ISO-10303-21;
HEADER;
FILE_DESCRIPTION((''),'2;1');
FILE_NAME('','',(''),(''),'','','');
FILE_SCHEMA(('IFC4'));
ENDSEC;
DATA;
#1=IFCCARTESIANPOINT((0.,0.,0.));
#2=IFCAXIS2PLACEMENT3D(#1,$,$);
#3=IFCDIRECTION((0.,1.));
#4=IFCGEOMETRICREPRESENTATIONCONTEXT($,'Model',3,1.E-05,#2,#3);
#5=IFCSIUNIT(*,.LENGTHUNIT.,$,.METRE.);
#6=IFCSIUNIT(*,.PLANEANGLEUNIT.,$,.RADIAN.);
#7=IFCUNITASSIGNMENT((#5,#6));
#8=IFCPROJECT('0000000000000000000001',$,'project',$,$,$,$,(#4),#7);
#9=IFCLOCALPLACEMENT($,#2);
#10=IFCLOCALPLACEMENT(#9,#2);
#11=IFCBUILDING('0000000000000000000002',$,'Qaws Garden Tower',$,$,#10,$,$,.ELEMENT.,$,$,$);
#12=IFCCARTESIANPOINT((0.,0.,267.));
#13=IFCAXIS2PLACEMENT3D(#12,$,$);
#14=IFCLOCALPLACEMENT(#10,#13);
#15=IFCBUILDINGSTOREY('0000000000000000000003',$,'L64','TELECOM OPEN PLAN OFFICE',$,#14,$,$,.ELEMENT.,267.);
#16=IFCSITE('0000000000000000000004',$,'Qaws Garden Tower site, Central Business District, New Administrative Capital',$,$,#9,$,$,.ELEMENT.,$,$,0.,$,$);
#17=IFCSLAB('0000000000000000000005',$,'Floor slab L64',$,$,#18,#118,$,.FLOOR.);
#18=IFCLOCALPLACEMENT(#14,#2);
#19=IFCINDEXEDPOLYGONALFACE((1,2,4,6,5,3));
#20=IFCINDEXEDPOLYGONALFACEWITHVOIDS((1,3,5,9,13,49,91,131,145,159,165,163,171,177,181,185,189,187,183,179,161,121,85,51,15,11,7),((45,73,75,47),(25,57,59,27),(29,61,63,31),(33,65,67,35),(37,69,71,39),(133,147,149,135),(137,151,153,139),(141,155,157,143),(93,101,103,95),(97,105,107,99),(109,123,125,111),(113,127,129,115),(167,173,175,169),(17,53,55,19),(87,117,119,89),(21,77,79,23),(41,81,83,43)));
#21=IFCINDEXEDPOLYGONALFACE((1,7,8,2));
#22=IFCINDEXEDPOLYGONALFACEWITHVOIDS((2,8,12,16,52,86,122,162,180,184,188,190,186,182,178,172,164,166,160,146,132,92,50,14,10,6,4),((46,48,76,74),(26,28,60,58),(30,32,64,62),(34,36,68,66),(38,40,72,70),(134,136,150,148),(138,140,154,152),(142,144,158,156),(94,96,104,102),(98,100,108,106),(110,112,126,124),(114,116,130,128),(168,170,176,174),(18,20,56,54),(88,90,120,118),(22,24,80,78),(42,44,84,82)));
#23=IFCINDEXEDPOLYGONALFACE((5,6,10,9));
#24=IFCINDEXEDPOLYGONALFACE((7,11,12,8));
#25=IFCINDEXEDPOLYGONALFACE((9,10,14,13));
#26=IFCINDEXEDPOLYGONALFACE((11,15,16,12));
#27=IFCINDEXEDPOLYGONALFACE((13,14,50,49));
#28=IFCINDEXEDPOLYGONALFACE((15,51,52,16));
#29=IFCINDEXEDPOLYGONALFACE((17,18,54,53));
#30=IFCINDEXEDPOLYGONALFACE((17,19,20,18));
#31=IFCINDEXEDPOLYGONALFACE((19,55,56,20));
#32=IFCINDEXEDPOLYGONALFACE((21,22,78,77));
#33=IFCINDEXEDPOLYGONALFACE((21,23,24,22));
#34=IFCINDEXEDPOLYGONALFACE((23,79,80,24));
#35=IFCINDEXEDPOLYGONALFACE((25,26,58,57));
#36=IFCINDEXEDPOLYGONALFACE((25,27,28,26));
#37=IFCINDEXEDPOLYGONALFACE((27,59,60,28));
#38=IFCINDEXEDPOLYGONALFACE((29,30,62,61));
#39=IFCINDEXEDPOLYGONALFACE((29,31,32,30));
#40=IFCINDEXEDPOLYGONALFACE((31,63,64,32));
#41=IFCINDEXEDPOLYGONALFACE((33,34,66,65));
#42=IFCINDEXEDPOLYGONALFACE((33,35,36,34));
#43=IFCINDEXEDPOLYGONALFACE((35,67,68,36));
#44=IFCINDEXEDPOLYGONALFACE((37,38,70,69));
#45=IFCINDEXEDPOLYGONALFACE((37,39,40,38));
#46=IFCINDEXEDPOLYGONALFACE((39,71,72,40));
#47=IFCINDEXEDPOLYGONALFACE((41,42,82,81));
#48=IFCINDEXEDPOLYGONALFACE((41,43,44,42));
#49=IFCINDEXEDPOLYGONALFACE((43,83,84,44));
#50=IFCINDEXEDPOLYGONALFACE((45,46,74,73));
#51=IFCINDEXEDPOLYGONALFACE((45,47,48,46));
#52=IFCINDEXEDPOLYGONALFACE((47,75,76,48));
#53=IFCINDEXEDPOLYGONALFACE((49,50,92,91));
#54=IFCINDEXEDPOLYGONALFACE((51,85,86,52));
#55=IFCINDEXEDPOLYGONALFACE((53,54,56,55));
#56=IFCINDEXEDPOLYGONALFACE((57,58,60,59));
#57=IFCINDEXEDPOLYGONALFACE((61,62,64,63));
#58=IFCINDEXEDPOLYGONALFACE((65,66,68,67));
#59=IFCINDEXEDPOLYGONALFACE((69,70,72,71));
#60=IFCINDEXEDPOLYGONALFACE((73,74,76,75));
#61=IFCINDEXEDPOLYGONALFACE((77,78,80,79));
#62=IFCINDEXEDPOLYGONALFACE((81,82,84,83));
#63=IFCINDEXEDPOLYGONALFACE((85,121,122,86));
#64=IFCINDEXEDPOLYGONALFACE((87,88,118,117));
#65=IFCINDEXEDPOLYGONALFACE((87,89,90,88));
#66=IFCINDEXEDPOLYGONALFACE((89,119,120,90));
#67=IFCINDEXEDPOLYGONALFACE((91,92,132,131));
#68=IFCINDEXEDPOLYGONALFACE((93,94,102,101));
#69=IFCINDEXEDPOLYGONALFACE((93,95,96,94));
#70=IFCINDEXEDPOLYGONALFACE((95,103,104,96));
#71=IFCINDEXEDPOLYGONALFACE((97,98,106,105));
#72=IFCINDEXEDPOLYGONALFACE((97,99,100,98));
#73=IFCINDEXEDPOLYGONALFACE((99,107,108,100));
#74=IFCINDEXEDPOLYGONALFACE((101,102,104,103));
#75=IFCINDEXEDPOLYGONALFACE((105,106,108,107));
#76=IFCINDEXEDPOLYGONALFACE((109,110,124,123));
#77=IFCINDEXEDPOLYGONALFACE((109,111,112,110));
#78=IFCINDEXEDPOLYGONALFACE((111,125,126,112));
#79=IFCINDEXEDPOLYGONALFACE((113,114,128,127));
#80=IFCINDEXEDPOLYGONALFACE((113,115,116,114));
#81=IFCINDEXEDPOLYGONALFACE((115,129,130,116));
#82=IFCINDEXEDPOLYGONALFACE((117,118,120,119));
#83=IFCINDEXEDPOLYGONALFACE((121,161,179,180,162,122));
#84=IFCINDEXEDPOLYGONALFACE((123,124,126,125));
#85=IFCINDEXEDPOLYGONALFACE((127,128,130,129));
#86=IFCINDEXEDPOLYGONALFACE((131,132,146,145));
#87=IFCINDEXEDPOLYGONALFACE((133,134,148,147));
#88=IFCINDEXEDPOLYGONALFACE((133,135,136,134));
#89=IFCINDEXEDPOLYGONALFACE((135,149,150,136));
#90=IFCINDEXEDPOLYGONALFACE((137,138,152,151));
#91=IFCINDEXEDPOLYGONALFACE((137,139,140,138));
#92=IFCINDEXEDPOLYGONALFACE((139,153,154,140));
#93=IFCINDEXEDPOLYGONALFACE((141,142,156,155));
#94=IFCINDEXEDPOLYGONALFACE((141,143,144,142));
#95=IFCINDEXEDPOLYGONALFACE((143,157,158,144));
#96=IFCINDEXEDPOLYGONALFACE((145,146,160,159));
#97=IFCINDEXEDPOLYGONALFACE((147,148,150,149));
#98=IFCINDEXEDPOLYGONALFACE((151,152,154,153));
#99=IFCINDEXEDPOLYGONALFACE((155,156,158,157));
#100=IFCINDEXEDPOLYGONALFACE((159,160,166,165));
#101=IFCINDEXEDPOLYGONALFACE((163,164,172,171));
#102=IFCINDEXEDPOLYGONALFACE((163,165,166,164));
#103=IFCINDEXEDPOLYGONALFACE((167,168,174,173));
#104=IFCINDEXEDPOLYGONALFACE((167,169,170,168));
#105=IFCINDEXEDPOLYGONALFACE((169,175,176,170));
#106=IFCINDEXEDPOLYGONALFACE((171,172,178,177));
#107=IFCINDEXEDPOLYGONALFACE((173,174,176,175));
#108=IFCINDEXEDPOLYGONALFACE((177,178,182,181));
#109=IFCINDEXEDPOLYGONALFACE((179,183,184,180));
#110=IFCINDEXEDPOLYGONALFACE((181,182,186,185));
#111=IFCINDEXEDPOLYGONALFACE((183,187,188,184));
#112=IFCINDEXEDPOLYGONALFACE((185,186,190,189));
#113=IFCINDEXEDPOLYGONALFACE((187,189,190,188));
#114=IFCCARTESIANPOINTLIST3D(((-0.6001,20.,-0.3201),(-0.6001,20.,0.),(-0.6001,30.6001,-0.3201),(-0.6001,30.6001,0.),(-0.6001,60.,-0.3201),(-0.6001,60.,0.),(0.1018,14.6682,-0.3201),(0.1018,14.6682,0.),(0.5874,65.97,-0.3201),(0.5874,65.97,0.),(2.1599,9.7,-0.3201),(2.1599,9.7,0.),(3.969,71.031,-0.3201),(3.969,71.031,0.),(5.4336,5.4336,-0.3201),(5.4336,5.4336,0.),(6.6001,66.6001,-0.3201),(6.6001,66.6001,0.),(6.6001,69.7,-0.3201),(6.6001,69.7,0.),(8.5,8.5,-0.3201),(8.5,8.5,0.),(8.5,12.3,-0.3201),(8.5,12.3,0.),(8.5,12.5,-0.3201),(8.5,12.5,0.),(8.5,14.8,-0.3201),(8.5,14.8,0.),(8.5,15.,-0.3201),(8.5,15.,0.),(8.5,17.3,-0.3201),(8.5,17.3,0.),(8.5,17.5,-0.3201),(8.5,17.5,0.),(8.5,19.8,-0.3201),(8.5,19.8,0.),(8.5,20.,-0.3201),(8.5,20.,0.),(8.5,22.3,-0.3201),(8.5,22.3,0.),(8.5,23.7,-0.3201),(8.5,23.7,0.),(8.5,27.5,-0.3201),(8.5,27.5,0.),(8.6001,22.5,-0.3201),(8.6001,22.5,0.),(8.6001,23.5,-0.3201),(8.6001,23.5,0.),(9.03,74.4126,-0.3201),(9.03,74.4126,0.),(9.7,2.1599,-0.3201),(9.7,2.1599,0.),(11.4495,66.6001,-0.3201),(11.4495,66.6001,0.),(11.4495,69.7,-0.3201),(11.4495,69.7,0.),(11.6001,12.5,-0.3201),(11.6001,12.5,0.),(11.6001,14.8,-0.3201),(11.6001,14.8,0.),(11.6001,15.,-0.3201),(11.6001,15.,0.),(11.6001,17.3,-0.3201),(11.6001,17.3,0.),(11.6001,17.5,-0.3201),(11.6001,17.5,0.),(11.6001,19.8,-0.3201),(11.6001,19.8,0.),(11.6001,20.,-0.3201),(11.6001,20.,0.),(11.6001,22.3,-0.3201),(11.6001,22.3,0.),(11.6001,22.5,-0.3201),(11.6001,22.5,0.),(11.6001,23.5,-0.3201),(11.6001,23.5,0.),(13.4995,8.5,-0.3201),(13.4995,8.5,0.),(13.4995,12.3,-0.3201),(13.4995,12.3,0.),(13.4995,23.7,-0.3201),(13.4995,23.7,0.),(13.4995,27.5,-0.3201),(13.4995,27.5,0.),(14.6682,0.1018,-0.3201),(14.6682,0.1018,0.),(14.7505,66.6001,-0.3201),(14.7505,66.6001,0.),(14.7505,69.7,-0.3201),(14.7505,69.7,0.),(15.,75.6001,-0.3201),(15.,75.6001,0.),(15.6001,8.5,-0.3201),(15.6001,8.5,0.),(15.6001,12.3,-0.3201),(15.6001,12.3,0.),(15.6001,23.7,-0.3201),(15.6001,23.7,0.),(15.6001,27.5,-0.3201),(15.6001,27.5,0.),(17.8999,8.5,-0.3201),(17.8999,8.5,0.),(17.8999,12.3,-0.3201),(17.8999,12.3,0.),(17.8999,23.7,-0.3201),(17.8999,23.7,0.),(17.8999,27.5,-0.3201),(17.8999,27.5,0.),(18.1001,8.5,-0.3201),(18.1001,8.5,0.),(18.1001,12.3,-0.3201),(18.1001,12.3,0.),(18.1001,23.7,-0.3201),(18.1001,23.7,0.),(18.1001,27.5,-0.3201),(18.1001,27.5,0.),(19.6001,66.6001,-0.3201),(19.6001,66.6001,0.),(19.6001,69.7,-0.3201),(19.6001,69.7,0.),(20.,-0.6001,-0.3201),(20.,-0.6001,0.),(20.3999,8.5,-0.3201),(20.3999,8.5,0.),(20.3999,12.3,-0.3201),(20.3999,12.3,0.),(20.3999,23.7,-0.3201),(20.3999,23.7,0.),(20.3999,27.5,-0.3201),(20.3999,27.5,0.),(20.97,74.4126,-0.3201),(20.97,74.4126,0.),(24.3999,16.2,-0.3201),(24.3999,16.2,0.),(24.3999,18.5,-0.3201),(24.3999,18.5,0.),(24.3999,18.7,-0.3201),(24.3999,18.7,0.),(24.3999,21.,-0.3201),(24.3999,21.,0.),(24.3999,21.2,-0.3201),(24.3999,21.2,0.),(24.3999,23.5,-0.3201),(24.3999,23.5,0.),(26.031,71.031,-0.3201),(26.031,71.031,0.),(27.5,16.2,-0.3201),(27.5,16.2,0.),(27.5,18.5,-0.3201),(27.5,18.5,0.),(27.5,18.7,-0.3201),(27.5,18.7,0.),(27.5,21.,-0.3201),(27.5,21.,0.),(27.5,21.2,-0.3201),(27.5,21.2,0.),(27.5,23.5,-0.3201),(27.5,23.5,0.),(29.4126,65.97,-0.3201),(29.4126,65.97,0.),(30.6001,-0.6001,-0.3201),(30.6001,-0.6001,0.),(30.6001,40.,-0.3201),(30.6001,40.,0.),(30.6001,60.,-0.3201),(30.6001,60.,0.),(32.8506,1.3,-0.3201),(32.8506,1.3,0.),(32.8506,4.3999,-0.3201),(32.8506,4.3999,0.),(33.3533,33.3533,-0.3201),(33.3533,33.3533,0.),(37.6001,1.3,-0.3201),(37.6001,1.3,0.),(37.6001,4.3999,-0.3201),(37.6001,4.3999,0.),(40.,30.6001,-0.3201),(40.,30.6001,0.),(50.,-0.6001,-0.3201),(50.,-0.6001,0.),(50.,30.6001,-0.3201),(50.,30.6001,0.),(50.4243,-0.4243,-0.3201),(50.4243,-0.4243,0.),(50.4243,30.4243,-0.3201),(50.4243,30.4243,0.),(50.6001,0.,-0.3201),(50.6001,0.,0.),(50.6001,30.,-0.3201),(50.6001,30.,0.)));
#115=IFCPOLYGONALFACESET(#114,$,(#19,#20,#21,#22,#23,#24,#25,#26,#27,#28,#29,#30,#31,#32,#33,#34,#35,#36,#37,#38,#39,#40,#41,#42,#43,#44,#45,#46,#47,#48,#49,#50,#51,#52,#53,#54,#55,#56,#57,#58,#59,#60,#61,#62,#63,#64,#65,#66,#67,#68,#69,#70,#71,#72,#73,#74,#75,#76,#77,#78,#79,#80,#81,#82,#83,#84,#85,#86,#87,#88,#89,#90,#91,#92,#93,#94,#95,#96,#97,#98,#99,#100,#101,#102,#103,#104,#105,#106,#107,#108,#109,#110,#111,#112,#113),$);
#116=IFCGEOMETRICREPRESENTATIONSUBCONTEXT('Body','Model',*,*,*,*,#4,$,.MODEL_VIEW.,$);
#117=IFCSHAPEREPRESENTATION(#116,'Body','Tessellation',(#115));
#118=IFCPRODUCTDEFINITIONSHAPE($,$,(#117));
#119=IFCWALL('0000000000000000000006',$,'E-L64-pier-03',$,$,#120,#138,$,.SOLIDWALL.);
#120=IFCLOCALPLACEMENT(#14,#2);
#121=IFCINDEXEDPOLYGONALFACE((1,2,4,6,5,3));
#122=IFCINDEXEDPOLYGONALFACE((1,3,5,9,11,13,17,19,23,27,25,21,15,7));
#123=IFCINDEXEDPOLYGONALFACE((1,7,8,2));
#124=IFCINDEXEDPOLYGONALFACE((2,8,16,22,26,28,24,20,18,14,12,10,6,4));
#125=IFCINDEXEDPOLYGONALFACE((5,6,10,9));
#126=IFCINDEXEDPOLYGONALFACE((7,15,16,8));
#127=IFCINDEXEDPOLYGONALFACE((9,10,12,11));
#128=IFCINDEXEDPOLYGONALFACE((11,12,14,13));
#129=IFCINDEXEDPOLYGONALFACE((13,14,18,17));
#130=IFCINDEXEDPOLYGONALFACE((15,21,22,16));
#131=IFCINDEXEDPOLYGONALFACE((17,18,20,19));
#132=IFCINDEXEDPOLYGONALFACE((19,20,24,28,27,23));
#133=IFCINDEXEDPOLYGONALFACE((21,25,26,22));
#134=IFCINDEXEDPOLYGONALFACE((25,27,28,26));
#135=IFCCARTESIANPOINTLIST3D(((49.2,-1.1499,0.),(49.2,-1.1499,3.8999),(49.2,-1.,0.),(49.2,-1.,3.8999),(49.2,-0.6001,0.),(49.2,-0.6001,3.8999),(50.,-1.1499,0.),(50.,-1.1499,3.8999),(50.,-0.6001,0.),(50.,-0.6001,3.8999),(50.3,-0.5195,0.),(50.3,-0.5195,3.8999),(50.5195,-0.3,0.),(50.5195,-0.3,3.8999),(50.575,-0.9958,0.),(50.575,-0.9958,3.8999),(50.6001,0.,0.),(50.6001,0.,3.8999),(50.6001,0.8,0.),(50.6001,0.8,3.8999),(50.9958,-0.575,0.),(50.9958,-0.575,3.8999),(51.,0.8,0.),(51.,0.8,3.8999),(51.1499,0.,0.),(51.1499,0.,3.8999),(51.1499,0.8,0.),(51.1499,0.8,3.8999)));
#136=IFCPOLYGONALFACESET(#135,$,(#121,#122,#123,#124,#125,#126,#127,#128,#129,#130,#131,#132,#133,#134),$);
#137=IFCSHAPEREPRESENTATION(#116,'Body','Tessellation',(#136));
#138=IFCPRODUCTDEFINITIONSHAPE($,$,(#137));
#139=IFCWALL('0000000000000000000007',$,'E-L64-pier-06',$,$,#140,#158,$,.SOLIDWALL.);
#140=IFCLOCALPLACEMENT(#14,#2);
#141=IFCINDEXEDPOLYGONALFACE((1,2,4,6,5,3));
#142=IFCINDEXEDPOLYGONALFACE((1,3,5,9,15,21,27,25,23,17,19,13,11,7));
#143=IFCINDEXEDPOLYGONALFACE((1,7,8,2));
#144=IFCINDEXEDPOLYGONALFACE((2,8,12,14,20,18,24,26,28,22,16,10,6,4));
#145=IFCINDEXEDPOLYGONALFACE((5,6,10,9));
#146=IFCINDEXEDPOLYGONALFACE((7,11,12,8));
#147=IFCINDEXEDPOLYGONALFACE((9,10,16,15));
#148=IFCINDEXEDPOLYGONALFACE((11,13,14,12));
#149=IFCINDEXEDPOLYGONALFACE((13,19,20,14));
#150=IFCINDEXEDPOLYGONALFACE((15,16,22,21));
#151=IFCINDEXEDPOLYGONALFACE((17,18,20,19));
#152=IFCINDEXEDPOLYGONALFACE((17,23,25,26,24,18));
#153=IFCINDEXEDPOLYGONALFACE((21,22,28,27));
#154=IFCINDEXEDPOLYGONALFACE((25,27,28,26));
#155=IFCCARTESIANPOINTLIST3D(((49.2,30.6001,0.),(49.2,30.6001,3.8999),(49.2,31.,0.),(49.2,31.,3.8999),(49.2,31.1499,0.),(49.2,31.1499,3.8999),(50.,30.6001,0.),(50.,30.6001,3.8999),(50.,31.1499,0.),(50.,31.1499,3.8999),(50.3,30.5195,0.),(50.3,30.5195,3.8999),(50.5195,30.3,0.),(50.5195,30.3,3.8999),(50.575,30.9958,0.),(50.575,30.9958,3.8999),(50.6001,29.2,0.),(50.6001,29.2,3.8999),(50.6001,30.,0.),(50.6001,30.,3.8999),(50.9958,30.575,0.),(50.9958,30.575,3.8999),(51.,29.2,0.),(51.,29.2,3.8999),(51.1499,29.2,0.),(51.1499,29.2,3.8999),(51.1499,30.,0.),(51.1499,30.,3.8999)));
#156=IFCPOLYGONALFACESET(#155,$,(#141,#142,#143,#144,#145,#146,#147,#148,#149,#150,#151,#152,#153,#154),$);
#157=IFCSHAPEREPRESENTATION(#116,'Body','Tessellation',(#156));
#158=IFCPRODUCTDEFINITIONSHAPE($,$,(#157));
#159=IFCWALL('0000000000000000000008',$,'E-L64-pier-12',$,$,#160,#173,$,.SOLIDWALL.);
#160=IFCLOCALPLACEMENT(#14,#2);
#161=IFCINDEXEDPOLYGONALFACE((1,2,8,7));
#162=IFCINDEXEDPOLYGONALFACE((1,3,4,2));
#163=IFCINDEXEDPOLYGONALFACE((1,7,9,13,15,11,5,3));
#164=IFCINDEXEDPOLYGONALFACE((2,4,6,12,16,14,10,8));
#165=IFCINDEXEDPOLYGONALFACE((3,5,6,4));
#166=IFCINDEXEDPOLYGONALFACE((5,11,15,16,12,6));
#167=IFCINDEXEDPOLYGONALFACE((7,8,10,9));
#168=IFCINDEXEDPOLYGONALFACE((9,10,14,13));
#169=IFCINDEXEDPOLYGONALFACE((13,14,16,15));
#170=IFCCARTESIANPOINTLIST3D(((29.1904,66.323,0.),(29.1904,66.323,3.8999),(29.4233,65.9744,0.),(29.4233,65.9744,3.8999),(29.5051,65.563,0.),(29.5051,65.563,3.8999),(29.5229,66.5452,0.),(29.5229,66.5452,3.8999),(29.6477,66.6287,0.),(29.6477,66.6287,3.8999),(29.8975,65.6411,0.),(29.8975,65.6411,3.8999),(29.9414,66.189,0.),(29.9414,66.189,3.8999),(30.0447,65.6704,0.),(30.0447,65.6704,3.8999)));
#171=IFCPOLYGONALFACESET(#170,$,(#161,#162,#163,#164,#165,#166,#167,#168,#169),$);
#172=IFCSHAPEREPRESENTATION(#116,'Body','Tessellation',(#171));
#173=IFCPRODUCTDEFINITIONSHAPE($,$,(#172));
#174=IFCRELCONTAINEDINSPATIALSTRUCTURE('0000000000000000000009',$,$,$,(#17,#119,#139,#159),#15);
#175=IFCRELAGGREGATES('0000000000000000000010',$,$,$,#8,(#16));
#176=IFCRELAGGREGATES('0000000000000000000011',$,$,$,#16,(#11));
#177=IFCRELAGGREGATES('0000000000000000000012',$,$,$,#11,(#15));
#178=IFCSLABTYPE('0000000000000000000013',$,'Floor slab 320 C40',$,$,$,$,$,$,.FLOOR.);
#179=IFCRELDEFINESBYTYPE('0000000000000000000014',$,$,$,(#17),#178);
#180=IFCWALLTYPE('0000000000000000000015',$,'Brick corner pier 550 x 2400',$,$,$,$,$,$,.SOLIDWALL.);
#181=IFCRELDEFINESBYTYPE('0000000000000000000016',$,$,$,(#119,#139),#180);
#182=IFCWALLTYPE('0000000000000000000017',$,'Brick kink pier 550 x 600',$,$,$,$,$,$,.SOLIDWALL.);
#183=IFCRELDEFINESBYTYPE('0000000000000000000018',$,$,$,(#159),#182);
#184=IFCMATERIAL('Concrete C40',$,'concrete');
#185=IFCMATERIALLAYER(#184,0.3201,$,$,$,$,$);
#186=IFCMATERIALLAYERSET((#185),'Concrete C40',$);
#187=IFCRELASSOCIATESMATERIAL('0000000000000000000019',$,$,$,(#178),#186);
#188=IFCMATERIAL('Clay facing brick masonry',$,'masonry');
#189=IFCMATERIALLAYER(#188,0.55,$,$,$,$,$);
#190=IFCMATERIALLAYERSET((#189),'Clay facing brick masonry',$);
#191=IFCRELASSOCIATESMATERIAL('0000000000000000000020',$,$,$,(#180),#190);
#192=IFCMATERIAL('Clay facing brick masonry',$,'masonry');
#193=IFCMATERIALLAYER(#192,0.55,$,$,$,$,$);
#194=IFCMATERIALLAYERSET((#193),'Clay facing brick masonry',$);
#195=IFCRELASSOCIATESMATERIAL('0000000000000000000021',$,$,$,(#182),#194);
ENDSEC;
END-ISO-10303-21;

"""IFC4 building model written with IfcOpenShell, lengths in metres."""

from ifc_helpers import new_model, si_unit, direction, frame, origin, place, context, subcontext, project, spatial, polyline, outline, extrude, material, layer, layer_set, type_object, element, save


model = new_model("IFC4")

# Units and contexts
model_context = context("Model", 3, precision=1e-05, world=origin(), true_north=direction((0.0, 1.0)))
body_context = subcontext(model_context, "Body", "Model", "MODEL_VIEW")
ifc_project = project(units=[si_unit("LENGTHUNIT", "METRE"), si_unit("PLANEANGLEUNIT", "RADIAN")], contexts=[model_context])

# Site, building, storey
site_placement = place(None, origin())
site = spatial("IfcSite", under=ifc_project, at=site_placement, Name="Qaws Garden Tower site, Central Business District, New Administrative Capital", CompositionType="ELEMENT", RefElevation=0.0)
building_placement = place(site_placement, origin())
building = spatial("IfcBuilding", under=site, at=building_placement, Name="Qaws Garden Tower", CompositionType="ELEMENT")
storey_placement = place(building_placement, frame((0.0, 0.0, 267.0)))
storey = spatial("IfcBuildingStorey", under=building, at=storey_placement, Name="L64", Description="TELECOM OPEN PLAN OFFICE", CompositionType="ELEMENT", Elevation=267.0)

# Slab
ifc_material_1 = material(Name="Concrete C40", Category="concrete")
ifc_layer_1 = layer(ifc_material_1, 0.3201)
ifc_layer_set_1 = layer_set([ifc_layer_1], Name="Concrete C40")
slab_type = type_object("IfcSlabType", Name="Floor slab 320 C40", PredefinedType="FLOOR", material=ifc_layer_set_1)
slab_placement = place(storey_placement, frame((0.0, 0.0, -0.3201)))
element("IfcSlab", 1, at=slab_placement, inside=storey, type_object=slab_type, Name="Floor slab L64", PredefinedType="FLOOR", context=body_context, shape_type="SweptSolid", body=[
    extrude(outline(polyline([(0.1018, 14.6682), (-0.6001, 20.0), (-0.6001, 30.6001), (-0.6001, 60.0), (-0.6001, 60.0), (0.5874, 65.97), (3.969, 71.031), (9.03, 74.4126), (15.0, 75.6001), (20.97, 74.4126), (26.031, 71.031), (29.4126, 65.97), (30.6001, 60.0), (30.6001, 40.0), (33.3533, 33.3533), (40.0, 30.6001), (50.0, 30.6001), (50.4243, 30.4243), (50.6001, 30.0), (50.6001, 0.0), (50.4243, -0.4243), (50.0, -0.6001), (30.6001, -0.6001), (20.0, -0.6001), (14.6682, 0.1018), (9.7, 2.1599), (5.4336, 5.4336), (2.1599, 9.7), (0.1018, 14.6682)]), holes=[polyline([(13.4995, 12.3), (8.5, 12.3), (8.5, 8.5), (13.4995, 8.5), (13.4995, 12.3)]), polyline([(17.8999, 12.3), (15.6001, 12.3), (15.6001, 8.5), (17.8999, 8.5), (17.8999, 12.3)]), polyline([(11.6001, 14.8), (8.5, 14.8), (8.5, 12.5), (11.6001, 12.5), (11.6001, 14.8)]), polyline([(11.6001, 17.3), (8.5, 17.3), (8.5, 15.0), (11.6001, 15.0), (11.6001, 17.3)]), polyline([(11.6001, 19.8), (8.5, 19.8), (8.5, 17.5), (11.6001, 17.5), (11.6001, 19.8)]), polyline([(11.6001, 22.3), (8.5, 22.3), (8.5, 20.0), (11.6001, 20.0), (11.6001, 22.3)]), polyline([(11.6001, 23.5), (8.6001, 23.5), (8.6001, 22.5), (11.6001, 22.5), (11.6001, 23.5)]), polyline([(13.4995, 27.5), (8.5, 27.5), (8.5, 23.7), (13.4995, 23.7), (13.4995, 27.5)]), polyline([(11.4495, 69.7), (6.6001, 69.7), (6.6001, 66.6001), (11.4495, 66.6001), (11.4495, 69.7)]), polyline([(37.6001, 4.3999), (32.8506, 4.3999), (32.8506, 1.3), (37.6001, 1.3), (37.6001, 4.3999)]), polyline([(20.3999, 12.3), (18.1001, 12.3), (18.1001, 8.5), (20.3999, 8.5), (20.3999, 12.3)]), polyline([(27.5, 18.5), (24.3999, 18.5), (24.3999, 16.2), (27.5, 16.2), (27.5, 18.5)]), polyline([(27.5, 21.0), (24.3999, 21.0), (24.3999, 18.7), (27.5, 18.7), (27.5, 21.0)]), polyline([(27.5, 23.5), (24.3999, 23.5), (24.3999, 21.2), (27.5, 21.2), (27.5, 23.5)]), polyline([(17.8999, 27.5), (15.6001, 27.5), (15.6001, 23.7), (17.8999, 23.7), (17.8999, 27.5)]), polyline([(20.3999, 23.7), (20.3999, 27.5), (18.1001, 27.5), (18.1001, 23.7), (20.3999, 23.7)]), polyline([(19.6001, 66.6001), (19.6001, 69.7), (14.7505, 69.7), (14.7505, 66.6001), (19.6001, 66.6001)])]), origin(), (0.0, 0.0, 1.0), 0.3201),
])

# Walls
ifc_material_2 = material(Name="Clay facing brick masonry", Category="masonry")
ifc_layer_2 = layer(ifc_material_2, 0.55)
ifc_layer_set_2 = layer_set([ifc_layer_2], Name="Clay facing brick masonry")
wall_type_1 = type_object("IfcWallType", Name="Brick corner pier 550 x 2400", PredefinedType="SOLIDWALL", material=ifc_layer_set_2)
placement = place(storey_placement, origin())
element("IfcWall", 2, at=placement, inside=storey, type_object=wall_type_1, Name="E-L64-pier-03", PredefinedType="SOLIDWALL", context=body_context, shape_type="SweptSolid", body=[
    extrude(outline(polyline([(49.2, -1.0), (49.2, -1.1499), (50.0, -1.1499), (50.575, -0.9958), (50.9958, -0.575), (51.1499, 0.0), (51.1499, 0.8), (51.0, 0.8), (50.6001, 0.8), (50.6001, 0.0), (50.5195, -0.3), (50.3, -0.5195), (50.0, -0.6001), (49.2, -0.6001), (49.2, -1.0)])), origin(), (0.0, 0.0, 1.0), 3.8999),
])
element("IfcWall", 3, at=placement, inside=storey, type_object=wall_type_1, Name="E-L64-pier-06", PredefinedType="SOLIDWALL", context=body_context, shape_type="SweptSolid", body=[
    extrude(outline(polyline([(51.0, 29.2), (51.1499, 29.2), (51.1499, 30.0), (50.9958, 30.575), (50.575, 30.9958), (50.0, 31.1499), (49.2, 31.1499), (49.2, 31.0), (49.2, 30.6001), (50.0, 30.6001), (50.3, 30.5195), (50.5195, 30.3), (50.6001, 30.0), (50.6001, 29.2), (51.0, 29.2)])), origin(), (0.0, 0.0, 1.0), 3.8999),
])
ifc_material_3 = material(Name="Clay facing brick masonry", Category="masonry")
ifc_layer_3 = layer(ifc_material_3, 0.55)
ifc_layer_set_3 = layer_set([ifc_layer_3], Name="Clay facing brick masonry")
wall_type_2 = type_object("IfcWallType", Name="Brick kink pier 550 x 600", PredefinedType="SOLIDWALL", material=ifc_layer_set_3)
element("IfcWall", 4, at=placement, inside=storey, type_object=wall_type_2, Name="E-L64-pier-12", PredefinedType="SOLIDWALL", context=body_context, shape_type="SweptSolid", body=[
    extrude(outline(polyline([(29.8975, 65.6411), (30.0447, 65.6704), (29.9414, 66.189), (29.6477, 66.6287), (29.5229, 66.5452), (29.1904, 66.323), (29.4233, 65.9744), (29.5051, 65.563), (29.8975, 65.6411)])), origin(), (0.0, 0.0, 1.0), 3.8999),
])

save(model, "model.ifc")
